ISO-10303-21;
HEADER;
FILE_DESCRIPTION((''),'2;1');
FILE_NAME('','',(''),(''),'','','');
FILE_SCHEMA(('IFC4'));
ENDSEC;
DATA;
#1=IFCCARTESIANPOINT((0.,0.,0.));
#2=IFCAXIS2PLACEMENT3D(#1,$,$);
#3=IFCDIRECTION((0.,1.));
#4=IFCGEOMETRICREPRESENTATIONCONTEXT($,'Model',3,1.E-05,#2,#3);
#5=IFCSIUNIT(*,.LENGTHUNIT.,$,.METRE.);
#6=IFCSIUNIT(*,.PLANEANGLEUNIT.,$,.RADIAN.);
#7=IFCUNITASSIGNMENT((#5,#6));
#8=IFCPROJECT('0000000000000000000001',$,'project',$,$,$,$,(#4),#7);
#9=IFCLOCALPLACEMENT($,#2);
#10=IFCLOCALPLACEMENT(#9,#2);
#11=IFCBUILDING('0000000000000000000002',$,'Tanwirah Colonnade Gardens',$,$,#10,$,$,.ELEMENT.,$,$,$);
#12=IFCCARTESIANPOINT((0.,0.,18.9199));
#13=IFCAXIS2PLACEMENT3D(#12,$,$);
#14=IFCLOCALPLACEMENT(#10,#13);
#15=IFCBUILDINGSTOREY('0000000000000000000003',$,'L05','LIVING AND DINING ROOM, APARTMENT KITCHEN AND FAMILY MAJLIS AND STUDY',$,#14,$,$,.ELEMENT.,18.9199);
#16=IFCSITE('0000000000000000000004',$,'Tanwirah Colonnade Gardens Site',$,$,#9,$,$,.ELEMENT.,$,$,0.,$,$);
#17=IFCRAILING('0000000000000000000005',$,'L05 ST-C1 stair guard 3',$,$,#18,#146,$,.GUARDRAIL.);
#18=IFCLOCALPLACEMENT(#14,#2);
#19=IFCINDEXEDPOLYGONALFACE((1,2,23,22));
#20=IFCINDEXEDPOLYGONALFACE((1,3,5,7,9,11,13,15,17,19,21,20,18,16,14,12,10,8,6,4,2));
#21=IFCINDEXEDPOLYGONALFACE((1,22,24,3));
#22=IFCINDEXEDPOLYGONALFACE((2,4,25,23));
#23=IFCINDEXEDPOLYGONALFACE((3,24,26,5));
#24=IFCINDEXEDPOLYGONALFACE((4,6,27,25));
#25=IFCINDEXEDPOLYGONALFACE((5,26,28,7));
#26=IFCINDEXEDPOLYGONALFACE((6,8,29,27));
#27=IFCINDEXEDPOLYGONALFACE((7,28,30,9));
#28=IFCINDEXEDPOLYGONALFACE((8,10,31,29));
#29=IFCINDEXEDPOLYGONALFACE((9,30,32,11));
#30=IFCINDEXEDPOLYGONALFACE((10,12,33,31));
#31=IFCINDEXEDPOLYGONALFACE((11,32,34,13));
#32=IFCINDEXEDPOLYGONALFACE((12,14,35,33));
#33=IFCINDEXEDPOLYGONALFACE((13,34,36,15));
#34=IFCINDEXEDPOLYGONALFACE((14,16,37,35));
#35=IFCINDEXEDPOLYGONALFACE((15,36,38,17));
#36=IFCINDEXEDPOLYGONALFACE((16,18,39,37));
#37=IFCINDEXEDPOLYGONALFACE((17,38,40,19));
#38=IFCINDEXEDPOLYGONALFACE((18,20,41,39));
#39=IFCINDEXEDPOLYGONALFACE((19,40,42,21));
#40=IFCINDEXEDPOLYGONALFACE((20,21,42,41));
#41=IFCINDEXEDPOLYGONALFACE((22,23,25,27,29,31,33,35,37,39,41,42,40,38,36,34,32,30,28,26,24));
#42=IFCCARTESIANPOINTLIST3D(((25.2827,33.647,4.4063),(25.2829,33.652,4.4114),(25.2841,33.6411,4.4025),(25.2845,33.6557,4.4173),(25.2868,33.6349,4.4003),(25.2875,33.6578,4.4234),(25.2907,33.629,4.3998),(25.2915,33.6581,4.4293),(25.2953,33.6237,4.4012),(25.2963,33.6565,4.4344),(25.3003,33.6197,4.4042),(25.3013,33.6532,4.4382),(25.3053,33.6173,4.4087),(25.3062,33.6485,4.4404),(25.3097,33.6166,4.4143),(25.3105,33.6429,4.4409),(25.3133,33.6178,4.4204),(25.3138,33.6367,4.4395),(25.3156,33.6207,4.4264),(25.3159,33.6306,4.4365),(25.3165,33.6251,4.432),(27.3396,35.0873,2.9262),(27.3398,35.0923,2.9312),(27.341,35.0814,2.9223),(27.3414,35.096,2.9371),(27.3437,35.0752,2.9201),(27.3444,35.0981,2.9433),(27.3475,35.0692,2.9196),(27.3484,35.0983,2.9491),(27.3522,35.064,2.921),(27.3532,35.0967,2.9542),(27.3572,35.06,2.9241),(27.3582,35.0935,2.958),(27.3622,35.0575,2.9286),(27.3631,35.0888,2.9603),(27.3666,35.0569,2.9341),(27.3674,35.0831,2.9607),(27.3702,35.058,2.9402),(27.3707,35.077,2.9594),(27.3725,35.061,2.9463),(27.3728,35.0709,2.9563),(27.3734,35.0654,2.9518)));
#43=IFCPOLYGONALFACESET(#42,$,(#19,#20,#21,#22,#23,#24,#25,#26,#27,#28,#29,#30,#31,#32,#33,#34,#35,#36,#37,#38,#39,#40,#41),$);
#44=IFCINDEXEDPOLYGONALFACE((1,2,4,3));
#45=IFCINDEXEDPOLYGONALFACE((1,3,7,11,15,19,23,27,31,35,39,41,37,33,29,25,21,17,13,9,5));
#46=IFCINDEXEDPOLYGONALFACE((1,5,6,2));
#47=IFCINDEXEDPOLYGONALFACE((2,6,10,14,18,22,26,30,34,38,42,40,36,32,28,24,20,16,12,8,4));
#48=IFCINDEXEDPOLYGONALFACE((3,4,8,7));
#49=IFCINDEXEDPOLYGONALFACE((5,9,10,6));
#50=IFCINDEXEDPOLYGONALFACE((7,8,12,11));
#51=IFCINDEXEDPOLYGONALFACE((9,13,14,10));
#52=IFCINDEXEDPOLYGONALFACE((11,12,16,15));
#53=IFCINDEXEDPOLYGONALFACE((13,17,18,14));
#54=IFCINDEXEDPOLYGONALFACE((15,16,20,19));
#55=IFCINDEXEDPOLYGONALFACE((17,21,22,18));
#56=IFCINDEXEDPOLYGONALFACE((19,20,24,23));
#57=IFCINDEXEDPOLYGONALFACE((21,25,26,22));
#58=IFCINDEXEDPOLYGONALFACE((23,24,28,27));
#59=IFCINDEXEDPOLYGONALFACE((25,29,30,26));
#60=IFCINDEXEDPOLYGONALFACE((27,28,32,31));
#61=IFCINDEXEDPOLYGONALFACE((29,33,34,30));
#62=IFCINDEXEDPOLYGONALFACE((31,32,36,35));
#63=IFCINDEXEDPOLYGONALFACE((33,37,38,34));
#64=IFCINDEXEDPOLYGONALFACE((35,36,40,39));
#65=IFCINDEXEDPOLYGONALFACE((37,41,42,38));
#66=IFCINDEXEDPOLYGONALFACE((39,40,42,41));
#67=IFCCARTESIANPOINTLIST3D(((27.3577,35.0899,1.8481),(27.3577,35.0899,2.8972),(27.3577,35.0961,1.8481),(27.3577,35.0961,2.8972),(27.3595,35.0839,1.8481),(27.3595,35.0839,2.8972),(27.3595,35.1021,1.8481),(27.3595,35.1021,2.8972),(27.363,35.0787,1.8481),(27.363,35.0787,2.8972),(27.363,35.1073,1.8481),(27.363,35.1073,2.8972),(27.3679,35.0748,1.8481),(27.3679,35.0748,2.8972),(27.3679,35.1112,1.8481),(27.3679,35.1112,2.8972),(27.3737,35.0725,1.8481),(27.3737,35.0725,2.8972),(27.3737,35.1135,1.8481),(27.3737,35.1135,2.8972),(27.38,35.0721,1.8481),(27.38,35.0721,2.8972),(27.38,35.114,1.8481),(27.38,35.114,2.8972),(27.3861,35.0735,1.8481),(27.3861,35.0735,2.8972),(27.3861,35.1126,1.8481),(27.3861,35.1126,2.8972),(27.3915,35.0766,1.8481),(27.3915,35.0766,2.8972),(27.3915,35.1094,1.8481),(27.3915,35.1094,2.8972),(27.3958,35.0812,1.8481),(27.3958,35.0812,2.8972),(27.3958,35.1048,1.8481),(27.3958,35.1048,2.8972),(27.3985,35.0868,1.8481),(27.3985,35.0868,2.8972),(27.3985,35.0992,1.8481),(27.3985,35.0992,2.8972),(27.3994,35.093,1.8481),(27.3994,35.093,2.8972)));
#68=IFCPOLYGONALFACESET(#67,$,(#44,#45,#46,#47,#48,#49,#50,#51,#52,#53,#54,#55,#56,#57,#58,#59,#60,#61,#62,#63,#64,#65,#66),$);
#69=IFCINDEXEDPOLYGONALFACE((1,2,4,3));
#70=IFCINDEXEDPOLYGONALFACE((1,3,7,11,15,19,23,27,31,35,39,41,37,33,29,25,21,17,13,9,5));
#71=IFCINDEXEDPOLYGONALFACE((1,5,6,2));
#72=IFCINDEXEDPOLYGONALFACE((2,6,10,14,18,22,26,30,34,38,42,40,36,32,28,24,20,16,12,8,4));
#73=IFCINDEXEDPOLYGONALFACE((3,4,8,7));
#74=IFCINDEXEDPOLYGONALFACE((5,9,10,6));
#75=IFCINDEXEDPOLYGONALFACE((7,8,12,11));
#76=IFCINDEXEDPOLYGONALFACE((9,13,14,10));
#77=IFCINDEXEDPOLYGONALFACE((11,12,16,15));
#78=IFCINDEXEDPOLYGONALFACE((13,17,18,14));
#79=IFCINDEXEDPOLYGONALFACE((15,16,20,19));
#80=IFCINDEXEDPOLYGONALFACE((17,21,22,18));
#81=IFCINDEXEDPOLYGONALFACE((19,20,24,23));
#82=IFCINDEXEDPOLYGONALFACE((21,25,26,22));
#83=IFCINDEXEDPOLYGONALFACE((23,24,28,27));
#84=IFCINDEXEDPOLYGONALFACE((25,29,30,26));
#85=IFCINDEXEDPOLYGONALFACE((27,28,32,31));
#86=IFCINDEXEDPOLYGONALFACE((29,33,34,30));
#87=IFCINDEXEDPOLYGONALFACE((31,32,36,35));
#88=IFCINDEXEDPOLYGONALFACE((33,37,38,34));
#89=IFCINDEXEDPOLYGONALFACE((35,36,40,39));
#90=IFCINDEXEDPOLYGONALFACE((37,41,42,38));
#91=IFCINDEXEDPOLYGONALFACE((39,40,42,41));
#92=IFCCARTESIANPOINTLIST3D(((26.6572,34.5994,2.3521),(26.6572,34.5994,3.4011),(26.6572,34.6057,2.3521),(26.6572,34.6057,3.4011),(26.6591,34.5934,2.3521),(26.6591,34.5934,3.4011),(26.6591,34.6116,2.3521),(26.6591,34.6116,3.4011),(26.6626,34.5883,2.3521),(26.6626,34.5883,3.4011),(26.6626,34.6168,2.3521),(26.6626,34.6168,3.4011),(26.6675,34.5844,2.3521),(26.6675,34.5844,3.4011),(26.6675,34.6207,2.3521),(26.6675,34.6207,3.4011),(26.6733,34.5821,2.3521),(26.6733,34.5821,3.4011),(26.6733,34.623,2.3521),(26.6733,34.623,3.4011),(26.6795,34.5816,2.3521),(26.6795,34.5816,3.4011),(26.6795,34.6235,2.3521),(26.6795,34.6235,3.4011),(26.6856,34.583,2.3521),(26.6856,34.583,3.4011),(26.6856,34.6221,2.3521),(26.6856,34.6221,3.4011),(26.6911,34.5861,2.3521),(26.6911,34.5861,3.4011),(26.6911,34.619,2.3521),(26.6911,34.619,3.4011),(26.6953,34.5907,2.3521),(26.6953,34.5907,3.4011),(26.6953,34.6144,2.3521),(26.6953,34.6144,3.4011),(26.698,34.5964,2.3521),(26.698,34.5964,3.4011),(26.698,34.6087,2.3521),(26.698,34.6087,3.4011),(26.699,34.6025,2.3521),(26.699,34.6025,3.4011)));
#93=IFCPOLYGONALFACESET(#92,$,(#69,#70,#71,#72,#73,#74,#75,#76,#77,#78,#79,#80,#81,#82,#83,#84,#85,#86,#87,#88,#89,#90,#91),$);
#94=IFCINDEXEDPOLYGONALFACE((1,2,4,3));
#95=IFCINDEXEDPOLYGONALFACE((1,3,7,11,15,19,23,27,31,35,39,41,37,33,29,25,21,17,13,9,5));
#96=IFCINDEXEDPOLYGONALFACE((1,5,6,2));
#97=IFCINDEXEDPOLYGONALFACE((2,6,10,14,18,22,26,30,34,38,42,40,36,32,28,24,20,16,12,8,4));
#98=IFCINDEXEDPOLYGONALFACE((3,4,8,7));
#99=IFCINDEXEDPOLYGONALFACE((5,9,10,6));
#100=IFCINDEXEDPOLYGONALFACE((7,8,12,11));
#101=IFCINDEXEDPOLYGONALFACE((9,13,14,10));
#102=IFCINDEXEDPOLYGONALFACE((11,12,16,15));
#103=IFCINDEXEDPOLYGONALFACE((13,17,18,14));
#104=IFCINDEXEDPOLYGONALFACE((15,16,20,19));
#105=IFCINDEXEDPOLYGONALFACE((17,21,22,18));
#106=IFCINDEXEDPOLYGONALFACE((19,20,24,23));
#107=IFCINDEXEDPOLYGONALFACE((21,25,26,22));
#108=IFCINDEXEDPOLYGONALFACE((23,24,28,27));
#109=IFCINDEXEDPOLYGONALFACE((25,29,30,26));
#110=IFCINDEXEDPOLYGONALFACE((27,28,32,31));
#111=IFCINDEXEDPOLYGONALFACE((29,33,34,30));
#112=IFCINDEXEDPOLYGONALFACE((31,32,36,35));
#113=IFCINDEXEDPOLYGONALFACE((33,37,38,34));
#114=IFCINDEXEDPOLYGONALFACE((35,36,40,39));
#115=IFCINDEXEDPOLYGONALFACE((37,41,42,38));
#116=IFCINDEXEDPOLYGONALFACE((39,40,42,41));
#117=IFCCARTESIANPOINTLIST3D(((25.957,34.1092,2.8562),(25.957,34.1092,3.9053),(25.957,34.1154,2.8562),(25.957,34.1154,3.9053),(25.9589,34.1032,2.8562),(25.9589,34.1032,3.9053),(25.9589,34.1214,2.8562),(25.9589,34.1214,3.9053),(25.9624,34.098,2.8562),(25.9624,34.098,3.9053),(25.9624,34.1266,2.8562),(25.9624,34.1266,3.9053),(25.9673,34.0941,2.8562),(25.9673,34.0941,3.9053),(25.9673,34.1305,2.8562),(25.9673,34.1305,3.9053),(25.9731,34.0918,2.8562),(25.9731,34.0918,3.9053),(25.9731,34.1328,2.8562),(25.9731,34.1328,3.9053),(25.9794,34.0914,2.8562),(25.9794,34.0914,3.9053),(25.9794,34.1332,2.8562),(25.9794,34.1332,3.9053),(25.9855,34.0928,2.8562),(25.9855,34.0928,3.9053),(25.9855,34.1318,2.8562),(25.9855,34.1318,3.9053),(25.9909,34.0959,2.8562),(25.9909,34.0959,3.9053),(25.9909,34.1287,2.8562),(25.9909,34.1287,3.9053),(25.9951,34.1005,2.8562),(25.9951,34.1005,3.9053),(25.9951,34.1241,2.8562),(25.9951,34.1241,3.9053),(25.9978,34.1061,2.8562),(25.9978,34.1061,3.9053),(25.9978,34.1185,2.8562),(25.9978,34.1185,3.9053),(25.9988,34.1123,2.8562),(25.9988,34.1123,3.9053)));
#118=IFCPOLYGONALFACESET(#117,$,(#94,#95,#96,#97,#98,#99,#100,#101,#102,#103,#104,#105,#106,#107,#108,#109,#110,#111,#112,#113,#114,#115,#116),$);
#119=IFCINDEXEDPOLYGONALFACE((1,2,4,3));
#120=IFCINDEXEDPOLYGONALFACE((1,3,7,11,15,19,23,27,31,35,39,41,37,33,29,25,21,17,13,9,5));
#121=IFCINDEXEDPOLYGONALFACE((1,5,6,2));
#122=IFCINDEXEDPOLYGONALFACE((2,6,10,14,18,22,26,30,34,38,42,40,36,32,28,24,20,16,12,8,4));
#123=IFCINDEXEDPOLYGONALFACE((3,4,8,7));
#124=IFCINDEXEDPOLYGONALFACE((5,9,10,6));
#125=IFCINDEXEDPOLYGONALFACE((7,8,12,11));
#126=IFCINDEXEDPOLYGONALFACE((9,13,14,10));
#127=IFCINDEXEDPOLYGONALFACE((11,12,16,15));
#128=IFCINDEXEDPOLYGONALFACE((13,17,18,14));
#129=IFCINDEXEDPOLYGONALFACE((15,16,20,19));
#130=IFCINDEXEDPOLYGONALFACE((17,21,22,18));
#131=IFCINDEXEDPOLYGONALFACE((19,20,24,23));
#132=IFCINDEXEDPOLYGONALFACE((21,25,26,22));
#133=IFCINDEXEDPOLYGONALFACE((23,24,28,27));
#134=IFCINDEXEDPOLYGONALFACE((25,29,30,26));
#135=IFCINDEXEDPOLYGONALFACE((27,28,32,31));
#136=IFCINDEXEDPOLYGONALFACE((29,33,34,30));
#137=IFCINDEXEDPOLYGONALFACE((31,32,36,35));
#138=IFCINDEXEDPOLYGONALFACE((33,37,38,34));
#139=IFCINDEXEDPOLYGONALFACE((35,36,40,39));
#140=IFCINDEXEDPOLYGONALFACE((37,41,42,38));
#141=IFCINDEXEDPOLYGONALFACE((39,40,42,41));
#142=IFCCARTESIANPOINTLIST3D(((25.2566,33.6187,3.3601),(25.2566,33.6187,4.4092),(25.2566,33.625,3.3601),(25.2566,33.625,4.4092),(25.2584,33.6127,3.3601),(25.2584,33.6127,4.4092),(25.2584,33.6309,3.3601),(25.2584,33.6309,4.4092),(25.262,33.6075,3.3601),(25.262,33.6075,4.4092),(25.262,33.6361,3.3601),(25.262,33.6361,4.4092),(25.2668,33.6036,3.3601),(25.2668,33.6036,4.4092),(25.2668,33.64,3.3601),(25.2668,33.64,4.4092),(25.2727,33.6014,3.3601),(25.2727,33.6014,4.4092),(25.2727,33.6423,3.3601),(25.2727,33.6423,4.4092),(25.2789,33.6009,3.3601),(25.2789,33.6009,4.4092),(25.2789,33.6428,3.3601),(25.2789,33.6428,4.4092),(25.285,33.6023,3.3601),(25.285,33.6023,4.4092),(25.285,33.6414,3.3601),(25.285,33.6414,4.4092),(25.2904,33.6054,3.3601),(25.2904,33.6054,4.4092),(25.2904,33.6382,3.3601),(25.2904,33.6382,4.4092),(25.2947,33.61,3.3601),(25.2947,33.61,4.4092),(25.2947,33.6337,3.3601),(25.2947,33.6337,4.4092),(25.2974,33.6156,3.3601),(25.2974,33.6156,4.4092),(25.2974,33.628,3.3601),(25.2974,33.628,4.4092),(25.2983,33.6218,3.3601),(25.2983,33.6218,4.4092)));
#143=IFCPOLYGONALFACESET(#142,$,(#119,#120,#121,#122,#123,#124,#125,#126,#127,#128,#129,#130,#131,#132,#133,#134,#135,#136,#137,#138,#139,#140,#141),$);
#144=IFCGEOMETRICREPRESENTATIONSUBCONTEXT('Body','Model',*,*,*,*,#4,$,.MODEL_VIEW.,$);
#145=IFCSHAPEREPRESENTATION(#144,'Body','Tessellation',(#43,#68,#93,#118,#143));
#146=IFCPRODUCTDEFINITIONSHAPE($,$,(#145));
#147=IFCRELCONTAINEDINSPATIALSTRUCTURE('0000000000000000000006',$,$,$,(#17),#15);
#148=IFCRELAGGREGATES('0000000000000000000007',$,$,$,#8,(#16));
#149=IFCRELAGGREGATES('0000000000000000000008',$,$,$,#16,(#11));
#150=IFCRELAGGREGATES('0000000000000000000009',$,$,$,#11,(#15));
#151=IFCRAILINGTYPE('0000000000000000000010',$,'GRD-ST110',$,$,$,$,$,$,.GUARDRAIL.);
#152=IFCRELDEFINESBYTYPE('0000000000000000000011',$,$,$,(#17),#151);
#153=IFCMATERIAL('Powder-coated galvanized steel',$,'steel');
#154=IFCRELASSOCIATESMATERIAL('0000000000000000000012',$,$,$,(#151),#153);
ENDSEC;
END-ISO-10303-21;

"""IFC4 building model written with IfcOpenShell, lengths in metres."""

from ifc_helpers import new_model, si_unit, direction, frame, origin, origin_2d, place, context, subcontext, project, spatial, circle, extrude, material, type_object, element, save


model = new_model("IFC4")

# Units and contexts
model_context = context("Model", 3, precision=1e-05, world=origin(), true_north=direction((0.0, 1.0)))
body_context = subcontext(model_context, "Body", "Model", "MODEL_VIEW")
ifc_project = project(units=[si_unit("LENGTHUNIT", "METRE"), si_unit("PLANEANGLEUNIT", "RADIAN")], contexts=[model_context])

# Site, building, storey
site_placement = place(None, origin())
site = spatial("IfcSite", under=ifc_project, at=site_placement, Name="Tanwirah Colonnade Gardens Site", CompositionType="ELEMENT", RefElevation=0.0)
building_placement = place(site_placement, origin())
building = spatial("IfcBuilding", under=site, at=building_placement, Name="Tanwirah Colonnade Gardens", CompositionType="ELEMENT")
storey_placement = place(building_placement, frame((0.0, 0.0, 18.9199)))
storey = spatial("IfcBuildingStorey", under=building, at=storey_placement, Name="L05", Description="LIVING AND DINING ROOM, APARTMENT KITCHEN AND FAMILY MAJLIS AND STUDY", CompositionType="ELEMENT", Elevation=18.9199)

# Railing
ifc_material_1 = material(Name="Powder-coated galvanized steel", Category="steel")
railing_type_1 = type_object("IfcRailingType", Name="GRD-ST110", PredefinedType="GUARDRAIL", material=ifc_material_1)
railing_1_placement = place(storey_placement, frame((27.3784, 35.093, 1.8481)))
element("IfcRailing", 1, at=railing_1_placement, inside=storey, type_object=railing_type_1, Name="L05 ST-C1 stair guard 3", PredefinedType="GUARDRAIL", context=body_context, shape_type="SweptSolid", body=[
    extrude(circle(Radius=0.0239, at=origin_2d()), frame((-0.022, -0.0154, 1.092), z_axis=(-0.705673, -0.494118, 0.507812), x_axis=(0.573577, -0.819151, 0.0)), (0.0, 0.0, 1.0), 2.9148),
    extrude(circle(Radius=0.021, at=origin_2d()), origin(), (0.0, 0.0, 1.0), 1.0491),
    extrude(circle(Radius=0.021, at=origin_2d()), frame((-0.7004, -0.4905, 0.5039)), (0.0, 0.0, 1.0), 1.0491),
    extrude(circle(Radius=0.021, at=origin_2d()), frame((-1.4006, -0.9807, 1.0081)), (0.0, 0.0, 1.0), 1.0491),
    extrude(circle(Radius=0.021, at=origin_2d()), frame((-2.1011, -1.4712, 1.512)), (0.0, 0.0, 1.0), 1.0491),
])

save(model, "model.ifc")
